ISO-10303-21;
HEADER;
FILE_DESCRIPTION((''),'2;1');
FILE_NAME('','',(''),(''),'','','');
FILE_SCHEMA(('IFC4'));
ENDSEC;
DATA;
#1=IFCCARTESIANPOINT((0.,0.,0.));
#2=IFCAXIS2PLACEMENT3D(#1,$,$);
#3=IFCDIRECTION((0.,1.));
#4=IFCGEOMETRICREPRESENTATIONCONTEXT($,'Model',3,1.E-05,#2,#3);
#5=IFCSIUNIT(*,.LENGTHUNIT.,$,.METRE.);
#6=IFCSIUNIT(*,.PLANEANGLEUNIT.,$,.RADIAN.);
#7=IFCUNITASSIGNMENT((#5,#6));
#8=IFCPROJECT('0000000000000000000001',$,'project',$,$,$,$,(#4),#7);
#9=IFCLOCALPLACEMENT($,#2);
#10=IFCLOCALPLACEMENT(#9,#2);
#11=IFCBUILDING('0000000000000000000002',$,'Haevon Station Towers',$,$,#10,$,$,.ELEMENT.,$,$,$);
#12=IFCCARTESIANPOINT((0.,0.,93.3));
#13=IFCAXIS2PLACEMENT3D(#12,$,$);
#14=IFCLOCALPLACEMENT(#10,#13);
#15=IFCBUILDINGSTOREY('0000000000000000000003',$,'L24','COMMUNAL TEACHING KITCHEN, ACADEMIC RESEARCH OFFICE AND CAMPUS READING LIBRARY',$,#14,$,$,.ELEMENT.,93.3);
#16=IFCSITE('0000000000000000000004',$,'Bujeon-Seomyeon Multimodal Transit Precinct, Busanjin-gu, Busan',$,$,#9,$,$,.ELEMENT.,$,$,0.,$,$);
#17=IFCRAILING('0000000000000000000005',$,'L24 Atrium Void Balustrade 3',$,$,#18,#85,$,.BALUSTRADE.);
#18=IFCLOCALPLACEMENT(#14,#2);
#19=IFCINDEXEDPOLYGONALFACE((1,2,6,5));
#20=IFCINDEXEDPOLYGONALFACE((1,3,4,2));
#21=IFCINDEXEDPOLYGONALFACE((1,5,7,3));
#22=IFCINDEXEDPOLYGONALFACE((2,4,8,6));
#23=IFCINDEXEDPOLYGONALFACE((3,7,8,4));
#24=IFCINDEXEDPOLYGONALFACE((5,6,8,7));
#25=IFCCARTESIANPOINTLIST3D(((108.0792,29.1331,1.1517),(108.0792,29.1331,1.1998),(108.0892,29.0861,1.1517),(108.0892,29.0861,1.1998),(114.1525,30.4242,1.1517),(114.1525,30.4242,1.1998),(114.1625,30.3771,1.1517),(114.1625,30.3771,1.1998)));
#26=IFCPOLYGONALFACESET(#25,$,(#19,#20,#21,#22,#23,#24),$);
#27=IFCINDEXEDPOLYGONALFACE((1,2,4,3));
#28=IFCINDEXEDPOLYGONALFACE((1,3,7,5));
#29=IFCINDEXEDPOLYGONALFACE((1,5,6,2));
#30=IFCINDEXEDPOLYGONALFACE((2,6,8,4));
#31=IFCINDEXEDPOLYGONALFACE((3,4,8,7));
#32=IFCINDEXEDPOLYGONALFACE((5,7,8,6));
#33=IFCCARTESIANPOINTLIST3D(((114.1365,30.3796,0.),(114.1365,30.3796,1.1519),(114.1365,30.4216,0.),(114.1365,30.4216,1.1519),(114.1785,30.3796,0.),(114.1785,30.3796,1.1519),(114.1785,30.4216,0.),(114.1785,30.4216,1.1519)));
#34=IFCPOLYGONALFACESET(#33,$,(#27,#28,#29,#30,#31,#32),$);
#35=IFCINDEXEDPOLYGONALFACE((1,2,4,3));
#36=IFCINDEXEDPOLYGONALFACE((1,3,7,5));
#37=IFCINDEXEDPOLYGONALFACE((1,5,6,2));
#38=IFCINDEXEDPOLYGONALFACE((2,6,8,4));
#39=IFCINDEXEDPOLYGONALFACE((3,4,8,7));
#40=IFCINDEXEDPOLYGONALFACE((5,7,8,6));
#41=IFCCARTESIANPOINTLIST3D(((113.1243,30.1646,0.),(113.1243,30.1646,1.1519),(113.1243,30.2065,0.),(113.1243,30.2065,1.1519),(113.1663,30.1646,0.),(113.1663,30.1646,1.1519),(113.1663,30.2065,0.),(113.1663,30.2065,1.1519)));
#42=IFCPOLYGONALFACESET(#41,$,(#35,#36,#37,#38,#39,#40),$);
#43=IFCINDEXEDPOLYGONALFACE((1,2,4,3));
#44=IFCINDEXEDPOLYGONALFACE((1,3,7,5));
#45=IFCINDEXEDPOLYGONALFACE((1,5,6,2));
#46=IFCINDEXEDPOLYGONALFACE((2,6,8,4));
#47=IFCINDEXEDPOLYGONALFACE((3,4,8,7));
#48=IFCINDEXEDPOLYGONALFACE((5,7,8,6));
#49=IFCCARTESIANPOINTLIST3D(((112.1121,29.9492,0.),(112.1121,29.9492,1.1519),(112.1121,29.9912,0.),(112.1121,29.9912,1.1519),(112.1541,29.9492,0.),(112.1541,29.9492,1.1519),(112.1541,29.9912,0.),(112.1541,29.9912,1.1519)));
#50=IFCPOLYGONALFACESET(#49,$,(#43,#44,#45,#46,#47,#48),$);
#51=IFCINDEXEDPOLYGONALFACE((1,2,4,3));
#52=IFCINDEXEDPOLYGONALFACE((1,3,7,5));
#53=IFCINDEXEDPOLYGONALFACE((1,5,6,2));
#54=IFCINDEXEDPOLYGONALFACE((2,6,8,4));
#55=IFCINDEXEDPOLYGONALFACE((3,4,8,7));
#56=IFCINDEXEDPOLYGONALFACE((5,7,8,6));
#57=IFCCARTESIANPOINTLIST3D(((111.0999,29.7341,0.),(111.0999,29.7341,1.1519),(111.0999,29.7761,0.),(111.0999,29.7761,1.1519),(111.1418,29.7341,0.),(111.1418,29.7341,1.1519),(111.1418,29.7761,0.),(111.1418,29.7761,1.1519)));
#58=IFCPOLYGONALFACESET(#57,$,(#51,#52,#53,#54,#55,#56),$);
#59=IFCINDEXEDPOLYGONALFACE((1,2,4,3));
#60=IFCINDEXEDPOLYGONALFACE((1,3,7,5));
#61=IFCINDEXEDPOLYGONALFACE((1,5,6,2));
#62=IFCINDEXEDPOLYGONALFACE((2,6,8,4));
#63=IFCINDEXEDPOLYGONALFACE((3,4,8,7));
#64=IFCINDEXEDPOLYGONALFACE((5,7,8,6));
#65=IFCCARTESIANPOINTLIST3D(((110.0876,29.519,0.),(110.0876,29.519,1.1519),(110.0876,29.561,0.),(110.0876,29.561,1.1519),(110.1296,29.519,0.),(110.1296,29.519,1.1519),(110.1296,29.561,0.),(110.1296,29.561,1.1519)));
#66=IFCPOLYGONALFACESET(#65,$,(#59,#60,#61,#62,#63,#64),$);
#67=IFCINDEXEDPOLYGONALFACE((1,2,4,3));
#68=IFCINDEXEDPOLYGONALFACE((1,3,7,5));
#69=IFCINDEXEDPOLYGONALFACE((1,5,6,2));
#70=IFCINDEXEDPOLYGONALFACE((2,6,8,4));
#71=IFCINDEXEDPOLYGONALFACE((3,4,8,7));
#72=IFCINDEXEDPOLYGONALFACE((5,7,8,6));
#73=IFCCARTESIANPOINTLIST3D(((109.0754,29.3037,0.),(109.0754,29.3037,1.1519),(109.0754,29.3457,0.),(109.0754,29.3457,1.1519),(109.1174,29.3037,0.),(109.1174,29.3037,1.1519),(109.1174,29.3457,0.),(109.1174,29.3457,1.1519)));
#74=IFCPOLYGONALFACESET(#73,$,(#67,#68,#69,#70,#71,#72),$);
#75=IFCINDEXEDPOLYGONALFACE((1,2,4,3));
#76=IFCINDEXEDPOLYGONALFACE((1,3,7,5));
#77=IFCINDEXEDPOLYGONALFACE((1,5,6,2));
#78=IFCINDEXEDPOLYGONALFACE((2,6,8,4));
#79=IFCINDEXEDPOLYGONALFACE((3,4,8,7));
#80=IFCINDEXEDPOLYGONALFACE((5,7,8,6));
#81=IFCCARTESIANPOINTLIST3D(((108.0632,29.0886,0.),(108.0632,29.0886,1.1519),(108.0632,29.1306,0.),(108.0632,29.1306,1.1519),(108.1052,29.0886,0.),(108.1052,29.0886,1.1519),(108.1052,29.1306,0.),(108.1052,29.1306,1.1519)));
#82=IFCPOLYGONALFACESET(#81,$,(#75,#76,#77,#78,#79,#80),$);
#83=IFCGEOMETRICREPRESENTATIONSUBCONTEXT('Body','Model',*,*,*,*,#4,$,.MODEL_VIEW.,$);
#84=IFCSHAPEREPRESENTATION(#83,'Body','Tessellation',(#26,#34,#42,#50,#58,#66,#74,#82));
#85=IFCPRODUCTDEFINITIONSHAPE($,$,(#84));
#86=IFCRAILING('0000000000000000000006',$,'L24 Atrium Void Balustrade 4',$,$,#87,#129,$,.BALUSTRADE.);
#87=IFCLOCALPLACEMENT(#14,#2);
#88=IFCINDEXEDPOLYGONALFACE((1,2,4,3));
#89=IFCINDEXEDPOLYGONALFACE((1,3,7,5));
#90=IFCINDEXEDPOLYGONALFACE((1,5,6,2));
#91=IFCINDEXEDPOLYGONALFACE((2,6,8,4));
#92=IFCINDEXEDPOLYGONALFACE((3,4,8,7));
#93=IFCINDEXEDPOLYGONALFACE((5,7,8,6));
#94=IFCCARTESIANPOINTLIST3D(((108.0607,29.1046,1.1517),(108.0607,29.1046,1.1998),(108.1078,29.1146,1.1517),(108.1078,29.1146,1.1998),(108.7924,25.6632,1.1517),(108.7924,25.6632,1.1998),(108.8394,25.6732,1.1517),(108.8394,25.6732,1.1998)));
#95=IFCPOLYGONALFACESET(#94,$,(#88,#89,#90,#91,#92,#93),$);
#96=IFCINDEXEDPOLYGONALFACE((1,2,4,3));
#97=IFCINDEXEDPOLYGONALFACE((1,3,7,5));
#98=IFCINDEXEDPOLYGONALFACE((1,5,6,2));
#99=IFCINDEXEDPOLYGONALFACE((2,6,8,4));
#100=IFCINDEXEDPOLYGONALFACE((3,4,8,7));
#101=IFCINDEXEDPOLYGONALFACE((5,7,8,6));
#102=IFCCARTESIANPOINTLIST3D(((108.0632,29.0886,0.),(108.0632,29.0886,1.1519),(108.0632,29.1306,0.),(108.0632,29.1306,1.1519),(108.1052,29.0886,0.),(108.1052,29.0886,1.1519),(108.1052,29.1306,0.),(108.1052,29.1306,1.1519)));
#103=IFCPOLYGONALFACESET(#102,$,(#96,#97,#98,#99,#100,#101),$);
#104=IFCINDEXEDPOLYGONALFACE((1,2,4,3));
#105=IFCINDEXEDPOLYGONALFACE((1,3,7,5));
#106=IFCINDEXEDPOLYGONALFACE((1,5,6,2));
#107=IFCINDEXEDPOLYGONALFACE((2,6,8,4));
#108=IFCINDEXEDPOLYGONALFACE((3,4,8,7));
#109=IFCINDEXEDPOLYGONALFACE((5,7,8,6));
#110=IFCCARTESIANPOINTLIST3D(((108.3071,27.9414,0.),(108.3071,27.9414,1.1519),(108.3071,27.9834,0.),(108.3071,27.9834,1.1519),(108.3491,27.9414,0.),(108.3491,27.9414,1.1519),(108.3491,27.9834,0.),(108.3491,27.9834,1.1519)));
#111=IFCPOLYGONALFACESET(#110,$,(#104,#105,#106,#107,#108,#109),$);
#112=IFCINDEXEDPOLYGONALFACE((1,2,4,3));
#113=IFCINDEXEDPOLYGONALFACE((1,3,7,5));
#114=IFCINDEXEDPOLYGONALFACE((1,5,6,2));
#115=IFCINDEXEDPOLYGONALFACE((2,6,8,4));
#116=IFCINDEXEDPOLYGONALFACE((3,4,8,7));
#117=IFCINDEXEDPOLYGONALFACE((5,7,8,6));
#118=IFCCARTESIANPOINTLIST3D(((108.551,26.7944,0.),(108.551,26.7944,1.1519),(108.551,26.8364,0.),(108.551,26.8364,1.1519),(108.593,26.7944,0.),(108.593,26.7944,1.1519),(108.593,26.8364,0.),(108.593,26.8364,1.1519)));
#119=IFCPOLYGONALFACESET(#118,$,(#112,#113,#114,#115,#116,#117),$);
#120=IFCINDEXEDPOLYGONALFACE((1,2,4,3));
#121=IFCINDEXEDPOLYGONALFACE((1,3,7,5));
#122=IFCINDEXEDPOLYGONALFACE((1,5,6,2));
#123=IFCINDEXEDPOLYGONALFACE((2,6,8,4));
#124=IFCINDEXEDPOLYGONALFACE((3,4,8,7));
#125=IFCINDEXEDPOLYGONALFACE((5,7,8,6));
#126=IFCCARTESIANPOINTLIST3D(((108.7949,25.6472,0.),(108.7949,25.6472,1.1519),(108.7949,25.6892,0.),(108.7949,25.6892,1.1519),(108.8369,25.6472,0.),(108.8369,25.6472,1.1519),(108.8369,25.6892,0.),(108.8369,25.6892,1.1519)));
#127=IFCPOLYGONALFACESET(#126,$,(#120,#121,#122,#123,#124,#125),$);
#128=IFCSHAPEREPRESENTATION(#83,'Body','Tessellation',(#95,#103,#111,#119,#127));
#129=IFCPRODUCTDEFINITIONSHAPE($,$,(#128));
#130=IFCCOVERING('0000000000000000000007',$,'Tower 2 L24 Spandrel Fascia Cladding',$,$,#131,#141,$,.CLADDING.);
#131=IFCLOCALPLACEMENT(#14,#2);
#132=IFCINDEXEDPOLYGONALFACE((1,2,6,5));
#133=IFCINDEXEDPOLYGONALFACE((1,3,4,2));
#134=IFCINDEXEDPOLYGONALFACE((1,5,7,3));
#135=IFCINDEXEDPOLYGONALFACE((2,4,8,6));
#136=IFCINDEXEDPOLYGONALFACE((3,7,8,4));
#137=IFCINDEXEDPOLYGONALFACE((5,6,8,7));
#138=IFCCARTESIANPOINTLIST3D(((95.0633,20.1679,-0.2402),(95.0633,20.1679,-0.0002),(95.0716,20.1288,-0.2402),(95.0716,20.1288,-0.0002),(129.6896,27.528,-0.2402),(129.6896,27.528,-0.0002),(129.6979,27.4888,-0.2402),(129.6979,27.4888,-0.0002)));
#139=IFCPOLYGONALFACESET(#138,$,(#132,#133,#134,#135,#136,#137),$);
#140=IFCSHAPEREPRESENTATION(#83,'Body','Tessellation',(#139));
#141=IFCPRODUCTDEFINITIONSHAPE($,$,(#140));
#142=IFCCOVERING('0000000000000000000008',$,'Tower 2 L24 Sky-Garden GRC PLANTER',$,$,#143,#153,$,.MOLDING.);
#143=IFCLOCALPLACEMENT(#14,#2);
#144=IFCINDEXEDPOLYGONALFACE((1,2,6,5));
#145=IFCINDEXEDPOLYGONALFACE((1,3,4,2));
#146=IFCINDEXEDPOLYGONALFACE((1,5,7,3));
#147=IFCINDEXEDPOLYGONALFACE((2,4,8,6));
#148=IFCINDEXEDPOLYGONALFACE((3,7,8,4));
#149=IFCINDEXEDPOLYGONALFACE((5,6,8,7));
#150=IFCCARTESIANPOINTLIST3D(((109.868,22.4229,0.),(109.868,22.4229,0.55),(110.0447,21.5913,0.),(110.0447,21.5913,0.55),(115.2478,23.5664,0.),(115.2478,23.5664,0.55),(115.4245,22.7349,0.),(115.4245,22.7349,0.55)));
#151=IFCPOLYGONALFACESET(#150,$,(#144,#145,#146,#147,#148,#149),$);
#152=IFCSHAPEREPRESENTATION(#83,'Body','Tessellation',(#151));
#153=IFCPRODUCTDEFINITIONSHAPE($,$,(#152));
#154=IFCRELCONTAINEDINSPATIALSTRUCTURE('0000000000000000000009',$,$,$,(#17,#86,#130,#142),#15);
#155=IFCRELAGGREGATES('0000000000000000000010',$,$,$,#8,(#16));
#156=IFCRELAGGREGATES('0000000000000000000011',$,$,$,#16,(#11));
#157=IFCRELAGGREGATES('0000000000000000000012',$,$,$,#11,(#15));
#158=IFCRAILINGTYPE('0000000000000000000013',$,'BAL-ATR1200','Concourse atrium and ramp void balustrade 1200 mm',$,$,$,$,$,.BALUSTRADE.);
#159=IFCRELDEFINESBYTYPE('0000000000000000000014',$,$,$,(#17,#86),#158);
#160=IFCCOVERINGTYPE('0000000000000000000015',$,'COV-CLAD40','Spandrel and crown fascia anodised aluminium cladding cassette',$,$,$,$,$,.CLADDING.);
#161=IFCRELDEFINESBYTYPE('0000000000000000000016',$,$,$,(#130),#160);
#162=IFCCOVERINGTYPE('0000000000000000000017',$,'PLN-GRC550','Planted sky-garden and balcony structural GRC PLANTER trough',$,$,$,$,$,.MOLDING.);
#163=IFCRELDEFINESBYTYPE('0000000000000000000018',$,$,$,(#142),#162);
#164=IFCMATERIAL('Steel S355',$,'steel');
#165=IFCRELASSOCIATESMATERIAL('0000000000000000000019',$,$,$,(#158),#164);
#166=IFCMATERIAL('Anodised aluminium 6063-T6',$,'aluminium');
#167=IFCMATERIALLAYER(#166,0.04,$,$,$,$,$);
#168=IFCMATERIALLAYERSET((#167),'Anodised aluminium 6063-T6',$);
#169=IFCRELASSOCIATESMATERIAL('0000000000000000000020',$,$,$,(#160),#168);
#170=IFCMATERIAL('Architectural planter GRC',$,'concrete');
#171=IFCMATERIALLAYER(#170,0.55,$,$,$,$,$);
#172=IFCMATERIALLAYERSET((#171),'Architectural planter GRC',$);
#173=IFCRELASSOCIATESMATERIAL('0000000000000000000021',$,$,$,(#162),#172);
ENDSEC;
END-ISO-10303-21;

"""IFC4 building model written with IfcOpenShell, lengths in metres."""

from ifc_helpers import new_model, si_unit, direction, frame, origin, origin_2d, place, context, subcontext, project, spatial, rectangle, extrude, material, layer, layer_set, type_object, element, save


model = new_model("IFC4")

# Units and contexts
model_context = context("Model", 3, precision=1e-05, world=origin(), true_north=direction((0.0, 1.0)))
body_context = subcontext(model_context, "Body", "Model", "MODEL_VIEW")
ifc_project = project(units=[si_unit("LENGTHUNIT", "METRE"), si_unit("PLANEANGLEUNIT", "RADIAN")], contexts=[model_context])

# Site, building, storey
site_placement = place(None, origin())
site = spatial("IfcSite", under=ifc_project, at=site_placement, Name="Bujeon-Seomyeon Multimodal Transit Precinct, Busanjin-gu, Busan", CompositionType="ELEMENT", RefElevation=0.0)
building_placement = place(site_placement, origin())
building = spatial("IfcBuilding", under=site, at=building_placement, Name="Haevon Station Towers", CompositionType="ELEMENT")
storey_placement = place(building_placement, frame((0.0, 0.0, 93.3)))
storey = spatial("IfcBuildingStorey", under=building, at=storey_placement, Name="L24", Description="COMMUNAL TEACHING KITCHEN, ACADEMIC RESEARCH OFFICE AND CAMPUS READING LIBRARY", CompositionType="ELEMENT", Elevation=93.3)

# Shared definitions
ifc_material_1 = material(Name="Steel S355", Category="steel")

# Railings
railing_type = type_object("IfcRailingType", Name="BAL-ATR1200", Description="Concourse atrium and ramp void balustrade 1200 mm", PredefinedType="BALUSTRADE", material=ifc_material_1)
railing_1_placement = place(storey_placement, frame((114.1575, 30.4006, 0.0)))
element("IfcRailing", 1, at=railing_1_placement, inside=storey, type_object=railing_type, Name="L24 Atrium Void Balustrade 3", PredefinedType="BALUSTRADE", context=body_context, shape_type="SweptSolid", body=[
    extrude(rectangle(XDim=0.0481, YDim=0.0481, at=origin_2d()), frame((0.0, 0.0, 1.1758), z_axis=(-0.978144, -0.207928, 0.0), x_axis=(0.207928, -0.978144, 0.0)), (0.0, 0.0, 1.0), 6.209),
    extrude(rectangle(XDim=0.042, YDim=0.042, at=origin_2d()), origin(), (0.0, 0.0, 1.0), 1.1519),
    extrude(rectangle(XDim=0.042, YDim=0.042, at=origin_2d()), frame((-1.0122, -0.2151, 0.0)), (0.0, 0.0, 1.0), 1.1519),
    extrude(rectangle(XDim=0.042, YDim=0.042, at=origin_2d()), frame((-2.0244, -0.4304, 0.0)), (0.0, 0.0, 1.0), 1.1519),
    extrude(rectangle(XDim=0.042, YDim=0.042, at=origin_2d()), frame((-3.0366, -0.6455, 0.0)), (0.0, 0.0, 1.0), 1.1519),
    extrude(rectangle(XDim=0.042, YDim=0.042, at=origin_2d()), frame((-4.0488, -0.8606, 0.0)), (0.0, 0.0, 1.0), 1.1519),
    extrude(rectangle(XDim=0.042, YDim=0.042, at=origin_2d()), frame((-5.061, -1.0759, 0.0)), (0.0, 0.0, 1.0), 1.1519),
    extrude(rectangle(XDim=0.042, YDim=0.042, at=origin_2d()), frame((-6.0732, -1.291, 0.0)), (0.0, 0.0, 1.0), 1.1519),
])
railing_2_placement = place(storey_placement, frame((108.0842, 29.1096, 0.0)))
element("IfcRailing", 2, at=railing_2_placement, inside=storey, type_object=railing_type, Name="L24 Atrium Void Balustrade 4", PredefinedType="BALUSTRADE", context=body_context, shape_type="SweptSolid", body=[
    extrude(rectangle(XDim=0.0481, YDim=0.0481, at=origin_2d()), frame((0.0, 0.0, 1.1758), z_axis=(0.207965, -0.978136, 0.0), x_axis=(0.978136, 0.207965, 0.0)), (0.0, 0.0, 1.0), 3.5183),
    extrude(rectangle(XDim=0.042, YDim=0.042, at=origin_2d()), origin(), (0.0, 0.0, 1.0), 1.1519),
    extrude(rectangle(XDim=0.042, YDim=0.042, at=origin_2d()), frame((0.2439, -1.1472, 0.0)), (0.0, 0.0, 1.0), 1.1519),
    extrude(rectangle(XDim=0.042, YDim=0.042, at=origin_2d()), frame((0.4878, -2.2942, 0.0)), (0.0, 0.0, 1.0), 1.1519),
    extrude(rectangle(XDim=0.042, YDim=0.042, at=origin_2d()), frame((0.7317, -3.4414, 0.0)), (0.0, 0.0, 1.0), 1.1519),
])

# Coverings
ifc_material_2 = material(Name="Anodised aluminium 6063-T6", Category="aluminium")
ifc_layer_1 = layer(ifc_material_2, 0.04)
ifc_layer_set_1 = layer_set([ifc_layer_1], Name="Anodised aluminium 6063-T6")
covering_type_1 = type_object("IfcCoveringType", Name="COV-CLAD40", Description="Spandrel and crown fascia anodised aluminium cladding cassette", PredefinedType="CLADDING", material=ifc_layer_set_1)
covering_1_placement = place(storey_placement, frame((112.3806, 23.8284, -0.2402), z_axis=(0.0, 0.0, 1.0), x_axis=(0.978148, 0.207912, 0.0)))
element("IfcCovering", 3, at=covering_1_placement, inside=storey, type_object=covering_type_1, Name="Tower 2 L24 Spandrel Fascia Cladding", PredefinedType="CLADDING", context=body_context, shape_type="SweptSolid", body=[
    extrude(rectangle(XDim=35.3999, YDim=0.04, at=origin_2d()), origin(), (0.0, 0.0, 1.0), 0.24),
])
ifc_material_3 = material(Name="Architectural planter GRC", Category="concrete")
ifc_layer_2 = layer(ifc_material_3, 0.55)
ifc_layer_set_2 = layer_set([ifc_layer_2], Name="Architectural planter GRC")
covering_type_2 = type_object("IfcCoveringType", Name="PLN-GRC550", Description="Planted sky-garden and balcony structural GRC PLANTER trough", PredefinedType="MOLDING", material=ifc_layer_set_2)
covering_2_placement = place(storey_placement, frame((112.6462, 22.5789, 0.0), z_axis=(0.0, 0.0, 1.0), x_axis=(0.978148, 0.207912, 0.0)))
element("IfcCovering", 4, at=covering_2_placement, inside=storey, type_object=covering_type_2, Name="Tower 2 L24 Sky-Garden GRC PLANTER", PredefinedType="MOLDING", context=body_context, shape_type="SweptSolid", body=[
    extrude(rectangle(XDim=5.5, YDim=0.8501, at=origin_2d()), origin(), (0.0, 0.0, 1.0), 0.55),
])

save(model, "model.ifc")
